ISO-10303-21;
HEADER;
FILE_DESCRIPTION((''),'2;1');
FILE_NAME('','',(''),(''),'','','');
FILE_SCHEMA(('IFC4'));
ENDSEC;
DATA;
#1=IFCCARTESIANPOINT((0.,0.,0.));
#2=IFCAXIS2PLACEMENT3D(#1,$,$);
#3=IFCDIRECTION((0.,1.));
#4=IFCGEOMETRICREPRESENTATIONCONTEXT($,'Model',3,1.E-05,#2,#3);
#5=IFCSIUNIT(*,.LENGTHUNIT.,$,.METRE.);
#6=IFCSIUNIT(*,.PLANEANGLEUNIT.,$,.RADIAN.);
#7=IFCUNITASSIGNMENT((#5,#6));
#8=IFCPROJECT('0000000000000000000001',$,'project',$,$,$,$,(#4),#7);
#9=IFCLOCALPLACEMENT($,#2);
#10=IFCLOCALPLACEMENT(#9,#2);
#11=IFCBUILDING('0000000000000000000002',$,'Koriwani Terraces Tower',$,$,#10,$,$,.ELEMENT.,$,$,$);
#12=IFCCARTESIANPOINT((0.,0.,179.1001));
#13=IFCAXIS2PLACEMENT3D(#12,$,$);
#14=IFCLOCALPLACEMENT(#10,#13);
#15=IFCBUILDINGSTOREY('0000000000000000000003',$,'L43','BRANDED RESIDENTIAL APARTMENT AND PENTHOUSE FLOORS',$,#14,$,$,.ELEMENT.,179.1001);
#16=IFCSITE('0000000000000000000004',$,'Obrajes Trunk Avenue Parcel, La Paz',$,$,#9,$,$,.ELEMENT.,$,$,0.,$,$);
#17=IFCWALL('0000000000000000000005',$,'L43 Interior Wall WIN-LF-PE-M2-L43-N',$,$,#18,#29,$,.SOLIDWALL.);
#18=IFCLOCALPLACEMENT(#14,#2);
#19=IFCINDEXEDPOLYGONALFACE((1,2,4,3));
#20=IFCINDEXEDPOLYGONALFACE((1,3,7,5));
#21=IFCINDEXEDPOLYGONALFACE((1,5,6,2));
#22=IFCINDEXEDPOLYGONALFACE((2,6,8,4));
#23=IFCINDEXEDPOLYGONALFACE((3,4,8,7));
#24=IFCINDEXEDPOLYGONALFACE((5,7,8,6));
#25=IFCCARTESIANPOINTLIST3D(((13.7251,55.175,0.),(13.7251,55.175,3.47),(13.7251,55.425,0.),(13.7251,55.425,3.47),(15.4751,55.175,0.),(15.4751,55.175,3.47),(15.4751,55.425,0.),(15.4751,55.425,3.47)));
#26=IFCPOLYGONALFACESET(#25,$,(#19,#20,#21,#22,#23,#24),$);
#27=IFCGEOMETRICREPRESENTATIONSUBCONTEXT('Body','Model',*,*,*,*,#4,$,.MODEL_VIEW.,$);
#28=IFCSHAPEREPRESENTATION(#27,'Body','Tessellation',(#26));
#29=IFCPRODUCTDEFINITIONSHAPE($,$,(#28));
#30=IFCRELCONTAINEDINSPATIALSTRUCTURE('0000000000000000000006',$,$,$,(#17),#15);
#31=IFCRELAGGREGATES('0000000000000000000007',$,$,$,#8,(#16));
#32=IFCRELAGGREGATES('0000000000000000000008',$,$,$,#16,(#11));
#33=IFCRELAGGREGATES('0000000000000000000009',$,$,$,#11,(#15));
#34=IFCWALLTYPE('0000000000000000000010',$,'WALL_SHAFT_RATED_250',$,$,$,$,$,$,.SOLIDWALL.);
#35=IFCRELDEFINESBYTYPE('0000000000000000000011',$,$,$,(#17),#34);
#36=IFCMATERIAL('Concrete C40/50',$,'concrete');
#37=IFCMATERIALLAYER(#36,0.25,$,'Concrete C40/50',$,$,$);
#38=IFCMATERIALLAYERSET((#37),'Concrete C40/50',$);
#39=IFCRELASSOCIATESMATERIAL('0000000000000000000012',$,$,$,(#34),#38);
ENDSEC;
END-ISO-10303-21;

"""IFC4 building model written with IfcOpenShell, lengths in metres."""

from ifc_helpers import new_model, si_unit, direction, frame, frame_2d, origin, place, context, subcontext, project, spatial, rectangle, extrude, material, layer, layer_set, type_object, element, save


model = new_model("IFC4")

# Units and contexts
model_context = context("Model", 3, precision=1e-05, world=origin(), true_north=direction((0.0, 1.0)))
body_context = subcontext(model_context, "Body", "Model", "MODEL_VIEW")
ifc_project = project(units=[si_unit("LENGTHUNIT", "METRE"), si_unit("PLANEANGLEUNIT", "RADIAN")], contexts=[model_context])

# Site, building, storey
site_placement = place(None, origin())
site = spatial("IfcSite", under=ifc_project, at=site_placement, Name="Obrajes Trunk Avenue Parcel, La Paz", CompositionType="ELEMENT", RefElevation=0.0)
building_placement = place(site_placement, origin())
building = spatial("IfcBuilding", under=site, at=building_placement, Name="Koriwani Terraces Tower", CompositionType="ELEMENT")
storey_placement = place(building_placement, frame((0.0, 0.0, 179.1001)))
storey = spatial("IfcBuildingStorey", under=building, at=storey_placement, Name="L43", Description="BRANDED RESIDENTIAL APARTMENT AND PENTHOUSE FLOORS", CompositionType="ELEMENT", Elevation=179.1001)

# Shared definitions
ifc_material_1 = material(Name="Concrete C40/50", Category="concrete")

# Wall
ifc_layer_1 = layer(ifc_material_1, 0.25, Name="Concrete C40/50")
ifc_layer_set_1 = layer_set([ifc_layer_1], Name="Concrete C40/50")
wall_type_1 = type_object("IfcWallType", Name="WALL_SHAFT_RATED_250", PredefinedType="SOLIDWALL", material=ifc_layer_set_1)
wall_1_placement = place(storey_placement, frame((13.7251, 55.3, 0.0), z_axis=(0.0, 0.0, 1.0), x_axis=(1.0, 0.0, 0.0)))
element("IfcWall", 1, at=wall_1_placement, inside=storey, type_object=wall_type_1, Name="L43 Interior Wall WIN-LF-PE-M2-L43-N", PredefinedType="SOLIDWALL", context=body_context, shape_type="SweptSolid", body=[
    extrude(rectangle(XDim=1.75, YDim=0.25, at=frame_2d((0.875, 0.0))), origin(), (0.0, 0.0, 1.0), 3.47),
])

save(model, "model.ifc")
